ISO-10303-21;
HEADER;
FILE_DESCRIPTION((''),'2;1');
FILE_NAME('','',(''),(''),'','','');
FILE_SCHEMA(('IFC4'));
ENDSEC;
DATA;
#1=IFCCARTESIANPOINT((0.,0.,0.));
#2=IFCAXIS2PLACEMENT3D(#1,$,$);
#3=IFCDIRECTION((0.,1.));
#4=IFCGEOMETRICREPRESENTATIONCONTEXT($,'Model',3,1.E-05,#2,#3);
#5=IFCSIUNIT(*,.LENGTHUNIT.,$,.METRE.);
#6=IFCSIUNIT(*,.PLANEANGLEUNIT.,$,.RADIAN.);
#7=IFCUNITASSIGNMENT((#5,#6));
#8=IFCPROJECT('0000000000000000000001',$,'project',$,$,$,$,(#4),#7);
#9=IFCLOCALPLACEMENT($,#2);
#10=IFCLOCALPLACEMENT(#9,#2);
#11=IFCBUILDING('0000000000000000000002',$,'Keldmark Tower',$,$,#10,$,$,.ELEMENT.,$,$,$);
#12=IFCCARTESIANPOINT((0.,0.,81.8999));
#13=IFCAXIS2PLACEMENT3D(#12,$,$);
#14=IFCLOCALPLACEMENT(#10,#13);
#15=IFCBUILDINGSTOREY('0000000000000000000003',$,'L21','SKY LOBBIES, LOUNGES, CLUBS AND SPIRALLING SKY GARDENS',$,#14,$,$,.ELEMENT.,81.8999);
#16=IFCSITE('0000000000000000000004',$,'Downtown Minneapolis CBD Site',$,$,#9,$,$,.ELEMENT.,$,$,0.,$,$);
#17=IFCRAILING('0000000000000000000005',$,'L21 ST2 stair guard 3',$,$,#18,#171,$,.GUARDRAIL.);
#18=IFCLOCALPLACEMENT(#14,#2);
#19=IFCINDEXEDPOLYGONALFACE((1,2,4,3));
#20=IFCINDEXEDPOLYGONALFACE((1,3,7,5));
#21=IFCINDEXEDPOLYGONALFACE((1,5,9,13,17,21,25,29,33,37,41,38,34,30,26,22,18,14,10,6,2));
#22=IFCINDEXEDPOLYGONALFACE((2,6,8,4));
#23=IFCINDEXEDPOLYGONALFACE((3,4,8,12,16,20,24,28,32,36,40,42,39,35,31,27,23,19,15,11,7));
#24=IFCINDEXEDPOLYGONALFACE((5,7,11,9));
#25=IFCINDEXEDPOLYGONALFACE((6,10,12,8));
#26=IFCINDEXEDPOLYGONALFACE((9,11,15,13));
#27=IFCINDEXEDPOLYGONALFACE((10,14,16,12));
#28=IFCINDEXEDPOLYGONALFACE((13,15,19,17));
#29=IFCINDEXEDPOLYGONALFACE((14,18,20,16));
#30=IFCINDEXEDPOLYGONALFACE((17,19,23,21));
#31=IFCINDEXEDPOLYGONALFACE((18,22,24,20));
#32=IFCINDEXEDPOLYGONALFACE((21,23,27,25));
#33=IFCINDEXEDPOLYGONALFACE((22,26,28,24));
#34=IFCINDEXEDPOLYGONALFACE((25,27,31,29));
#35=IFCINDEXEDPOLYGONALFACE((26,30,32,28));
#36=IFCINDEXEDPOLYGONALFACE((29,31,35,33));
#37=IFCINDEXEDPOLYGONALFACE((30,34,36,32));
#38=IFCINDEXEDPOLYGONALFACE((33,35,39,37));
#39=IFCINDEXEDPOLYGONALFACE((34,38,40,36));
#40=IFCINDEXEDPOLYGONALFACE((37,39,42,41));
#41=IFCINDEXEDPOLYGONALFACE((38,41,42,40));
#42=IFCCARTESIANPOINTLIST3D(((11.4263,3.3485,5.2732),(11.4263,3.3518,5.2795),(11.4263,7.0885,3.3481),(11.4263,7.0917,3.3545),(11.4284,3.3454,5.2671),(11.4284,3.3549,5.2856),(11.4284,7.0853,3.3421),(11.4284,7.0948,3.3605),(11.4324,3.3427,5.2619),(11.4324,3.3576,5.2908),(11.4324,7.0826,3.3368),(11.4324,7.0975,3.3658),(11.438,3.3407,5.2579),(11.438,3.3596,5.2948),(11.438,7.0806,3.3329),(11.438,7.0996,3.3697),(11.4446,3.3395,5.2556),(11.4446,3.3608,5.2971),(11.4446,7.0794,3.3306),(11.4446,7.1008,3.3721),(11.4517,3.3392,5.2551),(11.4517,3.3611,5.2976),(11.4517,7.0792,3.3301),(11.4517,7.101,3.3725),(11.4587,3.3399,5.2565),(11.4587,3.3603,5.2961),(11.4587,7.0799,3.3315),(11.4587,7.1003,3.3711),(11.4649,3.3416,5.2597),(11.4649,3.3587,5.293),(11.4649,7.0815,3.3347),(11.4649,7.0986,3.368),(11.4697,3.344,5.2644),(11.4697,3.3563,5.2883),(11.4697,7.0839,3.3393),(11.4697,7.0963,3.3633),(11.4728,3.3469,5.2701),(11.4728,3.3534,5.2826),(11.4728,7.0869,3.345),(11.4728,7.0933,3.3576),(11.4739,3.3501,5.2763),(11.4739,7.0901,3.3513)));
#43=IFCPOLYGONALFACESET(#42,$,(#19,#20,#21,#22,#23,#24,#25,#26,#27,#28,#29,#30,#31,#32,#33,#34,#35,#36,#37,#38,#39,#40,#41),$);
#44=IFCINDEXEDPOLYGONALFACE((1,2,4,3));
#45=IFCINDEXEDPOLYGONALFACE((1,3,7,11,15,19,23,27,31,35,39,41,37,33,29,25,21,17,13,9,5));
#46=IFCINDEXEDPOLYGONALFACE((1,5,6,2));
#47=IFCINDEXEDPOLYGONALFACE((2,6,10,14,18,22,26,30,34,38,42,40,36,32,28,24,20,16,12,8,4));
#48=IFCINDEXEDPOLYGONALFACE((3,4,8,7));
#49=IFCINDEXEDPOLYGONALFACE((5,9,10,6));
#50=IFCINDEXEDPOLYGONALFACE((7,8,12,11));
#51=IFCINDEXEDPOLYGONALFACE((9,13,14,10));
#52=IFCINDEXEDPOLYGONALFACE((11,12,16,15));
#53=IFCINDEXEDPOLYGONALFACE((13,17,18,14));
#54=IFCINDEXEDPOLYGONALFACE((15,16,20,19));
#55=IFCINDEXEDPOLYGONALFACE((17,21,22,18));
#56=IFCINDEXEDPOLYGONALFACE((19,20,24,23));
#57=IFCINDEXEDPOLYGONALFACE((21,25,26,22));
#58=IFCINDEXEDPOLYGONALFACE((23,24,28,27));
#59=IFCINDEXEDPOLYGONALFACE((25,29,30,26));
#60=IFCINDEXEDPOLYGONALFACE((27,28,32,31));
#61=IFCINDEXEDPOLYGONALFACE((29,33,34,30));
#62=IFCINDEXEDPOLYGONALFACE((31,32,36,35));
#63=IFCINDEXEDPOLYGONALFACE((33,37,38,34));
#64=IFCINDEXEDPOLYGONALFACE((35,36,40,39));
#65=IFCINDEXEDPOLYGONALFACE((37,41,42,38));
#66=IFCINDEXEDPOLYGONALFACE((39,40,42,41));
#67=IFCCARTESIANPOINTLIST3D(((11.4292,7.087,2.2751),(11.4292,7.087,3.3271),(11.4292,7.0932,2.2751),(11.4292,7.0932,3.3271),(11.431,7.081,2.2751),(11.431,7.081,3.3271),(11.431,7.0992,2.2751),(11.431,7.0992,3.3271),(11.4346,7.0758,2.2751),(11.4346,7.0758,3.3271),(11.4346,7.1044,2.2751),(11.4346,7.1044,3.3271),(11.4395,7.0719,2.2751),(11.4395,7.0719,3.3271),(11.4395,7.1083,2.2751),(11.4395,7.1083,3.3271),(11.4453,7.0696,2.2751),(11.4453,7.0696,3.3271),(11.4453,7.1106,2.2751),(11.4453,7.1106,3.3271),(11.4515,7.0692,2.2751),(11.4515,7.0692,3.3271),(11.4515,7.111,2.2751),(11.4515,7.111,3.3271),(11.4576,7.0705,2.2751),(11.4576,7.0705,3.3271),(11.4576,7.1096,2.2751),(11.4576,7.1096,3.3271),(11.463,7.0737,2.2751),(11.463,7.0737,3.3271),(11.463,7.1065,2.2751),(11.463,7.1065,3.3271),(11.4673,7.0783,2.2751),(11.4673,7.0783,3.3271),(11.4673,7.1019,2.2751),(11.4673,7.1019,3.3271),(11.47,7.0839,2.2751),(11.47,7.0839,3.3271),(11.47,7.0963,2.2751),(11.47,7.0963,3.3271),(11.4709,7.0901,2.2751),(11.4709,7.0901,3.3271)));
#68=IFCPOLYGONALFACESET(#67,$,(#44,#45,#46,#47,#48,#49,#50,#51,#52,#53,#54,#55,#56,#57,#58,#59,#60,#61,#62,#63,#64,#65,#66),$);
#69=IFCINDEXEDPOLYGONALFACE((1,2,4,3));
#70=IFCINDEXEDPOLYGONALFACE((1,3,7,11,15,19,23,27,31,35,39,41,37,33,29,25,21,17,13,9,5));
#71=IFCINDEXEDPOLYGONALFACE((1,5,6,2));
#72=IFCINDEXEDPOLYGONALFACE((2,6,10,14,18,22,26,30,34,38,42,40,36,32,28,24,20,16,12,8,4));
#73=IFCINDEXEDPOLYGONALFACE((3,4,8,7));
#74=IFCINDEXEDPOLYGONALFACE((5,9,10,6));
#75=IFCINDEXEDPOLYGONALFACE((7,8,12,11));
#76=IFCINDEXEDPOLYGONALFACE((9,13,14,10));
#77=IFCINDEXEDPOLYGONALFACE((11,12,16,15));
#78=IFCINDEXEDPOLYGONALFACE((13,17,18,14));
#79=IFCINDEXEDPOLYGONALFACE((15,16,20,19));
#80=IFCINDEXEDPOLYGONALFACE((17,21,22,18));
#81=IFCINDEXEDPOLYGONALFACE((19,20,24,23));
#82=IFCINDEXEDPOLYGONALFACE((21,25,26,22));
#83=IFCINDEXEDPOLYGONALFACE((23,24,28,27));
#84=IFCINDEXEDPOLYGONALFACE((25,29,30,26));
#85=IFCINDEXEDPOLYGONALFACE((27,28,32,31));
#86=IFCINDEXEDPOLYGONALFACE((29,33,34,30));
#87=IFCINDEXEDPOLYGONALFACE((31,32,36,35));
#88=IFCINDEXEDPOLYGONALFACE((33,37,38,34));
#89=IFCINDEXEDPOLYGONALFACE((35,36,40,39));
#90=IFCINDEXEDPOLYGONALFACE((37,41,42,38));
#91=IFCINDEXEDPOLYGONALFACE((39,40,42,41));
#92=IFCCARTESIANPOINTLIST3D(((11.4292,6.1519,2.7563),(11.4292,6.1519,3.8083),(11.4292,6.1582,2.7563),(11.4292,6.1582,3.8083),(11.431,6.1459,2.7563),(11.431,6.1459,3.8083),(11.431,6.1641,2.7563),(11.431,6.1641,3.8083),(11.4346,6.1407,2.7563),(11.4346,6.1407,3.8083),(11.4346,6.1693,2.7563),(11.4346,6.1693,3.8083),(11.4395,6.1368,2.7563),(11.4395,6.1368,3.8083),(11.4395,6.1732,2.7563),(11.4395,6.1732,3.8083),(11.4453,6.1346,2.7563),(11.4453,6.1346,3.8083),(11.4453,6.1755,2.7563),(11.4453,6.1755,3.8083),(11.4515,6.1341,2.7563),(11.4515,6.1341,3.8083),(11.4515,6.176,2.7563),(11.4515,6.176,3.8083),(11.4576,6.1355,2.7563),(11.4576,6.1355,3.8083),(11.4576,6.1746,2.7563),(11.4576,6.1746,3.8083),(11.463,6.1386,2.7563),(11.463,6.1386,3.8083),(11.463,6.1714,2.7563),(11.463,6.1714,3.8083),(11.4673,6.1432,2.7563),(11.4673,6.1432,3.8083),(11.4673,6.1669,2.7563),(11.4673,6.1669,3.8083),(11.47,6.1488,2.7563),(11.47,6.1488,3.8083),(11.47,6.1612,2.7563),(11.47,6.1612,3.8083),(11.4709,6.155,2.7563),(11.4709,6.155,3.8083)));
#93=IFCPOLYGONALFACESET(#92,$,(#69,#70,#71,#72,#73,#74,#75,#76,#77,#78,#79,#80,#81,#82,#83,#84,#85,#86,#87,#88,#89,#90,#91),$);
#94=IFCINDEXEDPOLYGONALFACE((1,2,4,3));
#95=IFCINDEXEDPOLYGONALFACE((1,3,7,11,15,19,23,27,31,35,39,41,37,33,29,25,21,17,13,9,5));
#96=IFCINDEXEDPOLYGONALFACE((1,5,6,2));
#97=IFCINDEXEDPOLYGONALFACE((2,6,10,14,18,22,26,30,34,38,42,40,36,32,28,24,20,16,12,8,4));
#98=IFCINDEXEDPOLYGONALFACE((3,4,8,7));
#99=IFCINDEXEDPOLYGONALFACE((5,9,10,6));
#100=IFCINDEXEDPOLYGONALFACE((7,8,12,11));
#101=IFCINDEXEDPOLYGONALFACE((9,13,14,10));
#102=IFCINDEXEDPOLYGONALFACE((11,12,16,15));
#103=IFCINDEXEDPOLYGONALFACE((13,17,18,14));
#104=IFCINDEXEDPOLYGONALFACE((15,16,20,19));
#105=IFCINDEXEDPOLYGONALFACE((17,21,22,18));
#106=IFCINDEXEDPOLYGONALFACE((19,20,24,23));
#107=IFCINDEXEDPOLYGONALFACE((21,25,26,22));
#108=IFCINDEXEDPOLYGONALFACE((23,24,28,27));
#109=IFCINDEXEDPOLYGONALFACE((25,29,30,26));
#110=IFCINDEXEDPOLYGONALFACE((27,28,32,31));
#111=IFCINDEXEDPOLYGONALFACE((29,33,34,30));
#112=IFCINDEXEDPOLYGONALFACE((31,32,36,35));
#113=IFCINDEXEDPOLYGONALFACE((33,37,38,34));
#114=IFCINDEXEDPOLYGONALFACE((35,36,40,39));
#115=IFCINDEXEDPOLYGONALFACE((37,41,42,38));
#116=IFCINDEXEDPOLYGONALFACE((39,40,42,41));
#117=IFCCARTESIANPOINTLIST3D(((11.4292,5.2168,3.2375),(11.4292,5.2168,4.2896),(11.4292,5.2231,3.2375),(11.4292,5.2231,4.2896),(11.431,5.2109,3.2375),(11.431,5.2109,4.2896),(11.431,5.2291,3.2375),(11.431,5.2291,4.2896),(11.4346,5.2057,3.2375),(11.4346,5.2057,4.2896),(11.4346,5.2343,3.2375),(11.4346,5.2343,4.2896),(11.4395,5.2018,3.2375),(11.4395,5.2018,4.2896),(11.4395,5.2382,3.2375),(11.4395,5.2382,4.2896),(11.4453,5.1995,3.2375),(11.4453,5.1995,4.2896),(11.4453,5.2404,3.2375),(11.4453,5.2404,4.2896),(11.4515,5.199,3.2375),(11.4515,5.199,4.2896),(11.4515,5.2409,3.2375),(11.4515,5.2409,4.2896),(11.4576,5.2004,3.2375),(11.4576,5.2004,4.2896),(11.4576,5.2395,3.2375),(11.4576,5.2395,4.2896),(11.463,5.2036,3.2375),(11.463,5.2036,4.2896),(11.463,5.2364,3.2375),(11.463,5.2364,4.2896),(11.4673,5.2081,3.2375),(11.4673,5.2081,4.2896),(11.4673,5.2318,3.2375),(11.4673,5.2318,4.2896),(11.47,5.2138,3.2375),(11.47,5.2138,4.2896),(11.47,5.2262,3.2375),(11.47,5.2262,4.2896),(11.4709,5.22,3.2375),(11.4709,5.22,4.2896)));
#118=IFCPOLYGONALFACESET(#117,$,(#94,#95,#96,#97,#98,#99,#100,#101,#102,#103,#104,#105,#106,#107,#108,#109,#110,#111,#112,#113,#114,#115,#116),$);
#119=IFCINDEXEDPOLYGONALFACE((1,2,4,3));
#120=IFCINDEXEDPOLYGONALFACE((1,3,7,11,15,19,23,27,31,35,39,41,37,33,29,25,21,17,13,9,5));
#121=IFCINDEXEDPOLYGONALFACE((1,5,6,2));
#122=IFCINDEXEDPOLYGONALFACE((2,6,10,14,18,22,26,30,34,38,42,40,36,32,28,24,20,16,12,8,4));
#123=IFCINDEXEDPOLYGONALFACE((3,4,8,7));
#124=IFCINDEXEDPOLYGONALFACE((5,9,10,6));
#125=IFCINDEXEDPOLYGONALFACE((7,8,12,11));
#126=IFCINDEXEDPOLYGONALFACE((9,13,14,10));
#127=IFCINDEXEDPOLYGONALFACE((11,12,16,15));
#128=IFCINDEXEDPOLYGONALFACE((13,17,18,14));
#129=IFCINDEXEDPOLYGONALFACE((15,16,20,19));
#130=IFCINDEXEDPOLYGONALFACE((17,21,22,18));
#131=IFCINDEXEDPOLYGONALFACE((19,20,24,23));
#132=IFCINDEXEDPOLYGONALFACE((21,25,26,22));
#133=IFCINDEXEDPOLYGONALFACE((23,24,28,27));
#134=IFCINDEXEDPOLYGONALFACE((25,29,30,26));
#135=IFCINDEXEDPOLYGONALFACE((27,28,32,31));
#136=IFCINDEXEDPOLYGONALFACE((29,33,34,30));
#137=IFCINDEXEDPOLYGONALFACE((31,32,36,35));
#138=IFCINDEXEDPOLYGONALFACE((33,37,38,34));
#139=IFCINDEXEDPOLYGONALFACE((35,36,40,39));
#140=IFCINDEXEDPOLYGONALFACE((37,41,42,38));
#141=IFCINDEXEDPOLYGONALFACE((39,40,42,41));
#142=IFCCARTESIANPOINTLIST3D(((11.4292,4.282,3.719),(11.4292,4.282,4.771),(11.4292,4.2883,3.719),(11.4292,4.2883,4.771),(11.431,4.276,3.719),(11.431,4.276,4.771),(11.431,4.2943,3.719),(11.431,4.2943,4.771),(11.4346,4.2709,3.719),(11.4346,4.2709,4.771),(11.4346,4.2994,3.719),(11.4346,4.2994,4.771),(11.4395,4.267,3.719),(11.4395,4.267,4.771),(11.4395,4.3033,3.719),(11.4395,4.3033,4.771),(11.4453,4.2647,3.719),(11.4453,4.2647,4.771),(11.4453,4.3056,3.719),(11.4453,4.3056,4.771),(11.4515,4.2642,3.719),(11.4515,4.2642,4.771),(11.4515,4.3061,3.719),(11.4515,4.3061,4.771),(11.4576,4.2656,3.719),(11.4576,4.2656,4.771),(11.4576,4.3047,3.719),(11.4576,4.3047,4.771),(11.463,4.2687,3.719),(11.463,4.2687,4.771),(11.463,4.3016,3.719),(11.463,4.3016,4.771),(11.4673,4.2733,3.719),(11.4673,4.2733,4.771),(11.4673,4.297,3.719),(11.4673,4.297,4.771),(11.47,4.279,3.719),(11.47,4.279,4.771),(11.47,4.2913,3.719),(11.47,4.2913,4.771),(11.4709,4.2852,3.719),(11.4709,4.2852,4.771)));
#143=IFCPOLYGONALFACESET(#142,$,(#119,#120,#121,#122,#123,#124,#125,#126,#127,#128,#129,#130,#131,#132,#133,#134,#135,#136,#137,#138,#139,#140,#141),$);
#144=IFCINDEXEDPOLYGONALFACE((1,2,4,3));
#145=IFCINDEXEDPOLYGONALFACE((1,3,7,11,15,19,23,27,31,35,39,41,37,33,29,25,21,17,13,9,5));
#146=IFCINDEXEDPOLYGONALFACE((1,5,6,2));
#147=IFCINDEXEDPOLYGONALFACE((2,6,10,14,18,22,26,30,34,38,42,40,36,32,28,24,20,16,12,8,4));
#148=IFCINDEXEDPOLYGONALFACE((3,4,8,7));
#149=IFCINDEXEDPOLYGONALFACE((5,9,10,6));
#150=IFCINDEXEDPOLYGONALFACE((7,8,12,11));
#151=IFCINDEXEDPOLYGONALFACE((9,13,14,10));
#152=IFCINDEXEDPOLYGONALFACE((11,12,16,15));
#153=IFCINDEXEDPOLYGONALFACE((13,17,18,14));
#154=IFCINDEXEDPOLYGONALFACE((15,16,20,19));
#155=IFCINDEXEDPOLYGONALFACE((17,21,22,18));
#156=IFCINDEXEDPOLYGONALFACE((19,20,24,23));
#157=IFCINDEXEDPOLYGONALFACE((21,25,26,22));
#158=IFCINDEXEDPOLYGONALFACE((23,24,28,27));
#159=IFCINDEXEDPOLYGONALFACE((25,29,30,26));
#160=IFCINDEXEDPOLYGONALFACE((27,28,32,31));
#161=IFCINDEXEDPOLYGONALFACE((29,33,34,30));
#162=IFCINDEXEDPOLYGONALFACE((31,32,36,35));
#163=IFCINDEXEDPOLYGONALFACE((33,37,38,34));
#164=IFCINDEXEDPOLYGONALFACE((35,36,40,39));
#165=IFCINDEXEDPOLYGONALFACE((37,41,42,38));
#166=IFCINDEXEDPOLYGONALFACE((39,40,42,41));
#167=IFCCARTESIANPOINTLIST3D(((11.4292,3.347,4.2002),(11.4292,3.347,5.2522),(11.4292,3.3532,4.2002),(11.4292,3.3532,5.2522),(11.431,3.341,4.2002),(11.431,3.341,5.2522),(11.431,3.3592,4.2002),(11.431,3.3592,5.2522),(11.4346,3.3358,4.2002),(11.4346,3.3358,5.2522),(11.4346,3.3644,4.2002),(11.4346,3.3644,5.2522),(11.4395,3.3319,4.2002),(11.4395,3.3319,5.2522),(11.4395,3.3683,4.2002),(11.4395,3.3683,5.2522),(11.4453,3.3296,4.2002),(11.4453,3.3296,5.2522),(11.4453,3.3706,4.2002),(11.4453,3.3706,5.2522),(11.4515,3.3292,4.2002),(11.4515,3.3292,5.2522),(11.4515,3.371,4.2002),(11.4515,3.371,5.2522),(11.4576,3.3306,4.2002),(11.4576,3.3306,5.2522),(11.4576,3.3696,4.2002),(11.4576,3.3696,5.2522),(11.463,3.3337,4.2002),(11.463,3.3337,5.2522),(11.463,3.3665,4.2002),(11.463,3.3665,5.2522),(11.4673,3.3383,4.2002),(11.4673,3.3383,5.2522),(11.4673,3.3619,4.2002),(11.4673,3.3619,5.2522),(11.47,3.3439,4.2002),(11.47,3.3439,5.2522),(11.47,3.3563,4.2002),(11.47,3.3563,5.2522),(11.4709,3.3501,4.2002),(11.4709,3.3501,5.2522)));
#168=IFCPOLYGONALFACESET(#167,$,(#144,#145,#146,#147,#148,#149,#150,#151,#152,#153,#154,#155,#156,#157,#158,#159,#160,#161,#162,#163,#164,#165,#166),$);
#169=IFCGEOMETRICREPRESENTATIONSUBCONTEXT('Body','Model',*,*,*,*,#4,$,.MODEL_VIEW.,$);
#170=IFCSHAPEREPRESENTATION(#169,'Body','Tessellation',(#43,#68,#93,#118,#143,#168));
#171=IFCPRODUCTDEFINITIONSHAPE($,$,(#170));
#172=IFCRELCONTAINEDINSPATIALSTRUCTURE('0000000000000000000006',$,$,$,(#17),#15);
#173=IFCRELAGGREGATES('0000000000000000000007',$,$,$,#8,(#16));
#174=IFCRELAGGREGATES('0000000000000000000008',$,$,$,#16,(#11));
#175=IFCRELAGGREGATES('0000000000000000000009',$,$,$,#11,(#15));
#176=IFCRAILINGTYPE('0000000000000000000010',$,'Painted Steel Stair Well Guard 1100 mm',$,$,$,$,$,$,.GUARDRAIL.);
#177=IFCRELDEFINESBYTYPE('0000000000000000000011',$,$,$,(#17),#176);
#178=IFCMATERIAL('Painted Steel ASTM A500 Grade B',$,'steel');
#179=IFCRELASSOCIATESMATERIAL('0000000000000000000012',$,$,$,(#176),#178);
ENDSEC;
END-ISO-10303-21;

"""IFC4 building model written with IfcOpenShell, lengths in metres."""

from ifc_helpers import new_model, si_unit, direction, frame, origin, origin_2d, place, context, subcontext, project, spatial, circle, extrude, material, type_object, element, save


model = new_model("IFC4")

# Units and contexts
model_context = context("Model", 3, precision=1e-05, world=origin(), true_north=direction((0.0, 1.0)))
body_context = subcontext(model_context, "Body", "Model", "MODEL_VIEW")
ifc_project = project(units=[si_unit("LENGTHUNIT", "METRE"), si_unit("PLANEANGLEUNIT", "RADIAN")], contexts=[model_context])

# Site, building, storey
site_placement = place(None, origin())
site = spatial("IfcSite", under=ifc_project, at=site_placement, Name="Downtown Minneapolis CBD Site", CompositionType="ELEMENT", RefElevation=0.0)
building_placement = place(site_placement, origin())
building = spatial("IfcBuilding", under=site, at=building_placement, Name="Keldmark Tower", CompositionType="ELEMENT")
storey_placement = place(building_placement, frame((0.0, 0.0, 81.8999)))
storey = spatial("IfcBuildingStorey", under=building, at=storey_placement, Name="L21", Description="SKY LOBBIES, LOUNGES, CLUBS AND SPIRALLING SKY GARDENS", CompositionType="ELEMENT", Elevation=81.8999)

# Railing
ifc_material_1 = material(Name="Painted Steel ASTM A500 Grade B", Category="steel")
railing_type_1 = type_object("IfcRailingType", Name="Painted Steel Stair Well Guard 1100 mm", PredefinedType="GUARDRAIL", material=ifc_material_1)
railing_1_placement = place(storey_placement, frame((11.45, 7.0901, 2.2751)))
element("IfcRailing", 1, at=railing_1_placement, inside=storey, type_object=railing_type_1, Name="L21 ST2 stair guard 3", PredefinedType="GUARDRAIL", context=body_context, shape_type="SweptSolid", body=[
    extrude(circle(Radius=0.0239, at=origin_2d()), frame((0.0, 0.0, 1.0762), z_axis=(0.0, -0.889131, 0.457654), x_axis=(1.0, 0.0, 0.0)), (0.0, 0.0, 1.0), 4.2063),
    extrude(circle(Radius=0.021, at=origin_2d()), origin(), (0.0, 0.0, 1.0), 1.052),
    extrude(circle(Radius=0.021, at=origin_2d()), frame((0.0, -0.9351, 0.4812)), (0.0, 0.0, 1.0), 1.052),
    extrude(circle(Radius=0.021, at=origin_2d()), frame((0.0, -1.8701, 0.9624)), (0.0, 0.0, 1.0), 1.052),
    extrude(circle(Radius=0.021, at=origin_2d()), frame((0.0, -2.8049, 1.4438)), (0.0, 0.0, 1.0), 1.052),
    extrude(circle(Radius=0.021, at=origin_2d()), frame((0.0, -3.74, 1.925)), (0.0, 0.0, 1.0), 1.052),
])

save(model, "model.ifc")
